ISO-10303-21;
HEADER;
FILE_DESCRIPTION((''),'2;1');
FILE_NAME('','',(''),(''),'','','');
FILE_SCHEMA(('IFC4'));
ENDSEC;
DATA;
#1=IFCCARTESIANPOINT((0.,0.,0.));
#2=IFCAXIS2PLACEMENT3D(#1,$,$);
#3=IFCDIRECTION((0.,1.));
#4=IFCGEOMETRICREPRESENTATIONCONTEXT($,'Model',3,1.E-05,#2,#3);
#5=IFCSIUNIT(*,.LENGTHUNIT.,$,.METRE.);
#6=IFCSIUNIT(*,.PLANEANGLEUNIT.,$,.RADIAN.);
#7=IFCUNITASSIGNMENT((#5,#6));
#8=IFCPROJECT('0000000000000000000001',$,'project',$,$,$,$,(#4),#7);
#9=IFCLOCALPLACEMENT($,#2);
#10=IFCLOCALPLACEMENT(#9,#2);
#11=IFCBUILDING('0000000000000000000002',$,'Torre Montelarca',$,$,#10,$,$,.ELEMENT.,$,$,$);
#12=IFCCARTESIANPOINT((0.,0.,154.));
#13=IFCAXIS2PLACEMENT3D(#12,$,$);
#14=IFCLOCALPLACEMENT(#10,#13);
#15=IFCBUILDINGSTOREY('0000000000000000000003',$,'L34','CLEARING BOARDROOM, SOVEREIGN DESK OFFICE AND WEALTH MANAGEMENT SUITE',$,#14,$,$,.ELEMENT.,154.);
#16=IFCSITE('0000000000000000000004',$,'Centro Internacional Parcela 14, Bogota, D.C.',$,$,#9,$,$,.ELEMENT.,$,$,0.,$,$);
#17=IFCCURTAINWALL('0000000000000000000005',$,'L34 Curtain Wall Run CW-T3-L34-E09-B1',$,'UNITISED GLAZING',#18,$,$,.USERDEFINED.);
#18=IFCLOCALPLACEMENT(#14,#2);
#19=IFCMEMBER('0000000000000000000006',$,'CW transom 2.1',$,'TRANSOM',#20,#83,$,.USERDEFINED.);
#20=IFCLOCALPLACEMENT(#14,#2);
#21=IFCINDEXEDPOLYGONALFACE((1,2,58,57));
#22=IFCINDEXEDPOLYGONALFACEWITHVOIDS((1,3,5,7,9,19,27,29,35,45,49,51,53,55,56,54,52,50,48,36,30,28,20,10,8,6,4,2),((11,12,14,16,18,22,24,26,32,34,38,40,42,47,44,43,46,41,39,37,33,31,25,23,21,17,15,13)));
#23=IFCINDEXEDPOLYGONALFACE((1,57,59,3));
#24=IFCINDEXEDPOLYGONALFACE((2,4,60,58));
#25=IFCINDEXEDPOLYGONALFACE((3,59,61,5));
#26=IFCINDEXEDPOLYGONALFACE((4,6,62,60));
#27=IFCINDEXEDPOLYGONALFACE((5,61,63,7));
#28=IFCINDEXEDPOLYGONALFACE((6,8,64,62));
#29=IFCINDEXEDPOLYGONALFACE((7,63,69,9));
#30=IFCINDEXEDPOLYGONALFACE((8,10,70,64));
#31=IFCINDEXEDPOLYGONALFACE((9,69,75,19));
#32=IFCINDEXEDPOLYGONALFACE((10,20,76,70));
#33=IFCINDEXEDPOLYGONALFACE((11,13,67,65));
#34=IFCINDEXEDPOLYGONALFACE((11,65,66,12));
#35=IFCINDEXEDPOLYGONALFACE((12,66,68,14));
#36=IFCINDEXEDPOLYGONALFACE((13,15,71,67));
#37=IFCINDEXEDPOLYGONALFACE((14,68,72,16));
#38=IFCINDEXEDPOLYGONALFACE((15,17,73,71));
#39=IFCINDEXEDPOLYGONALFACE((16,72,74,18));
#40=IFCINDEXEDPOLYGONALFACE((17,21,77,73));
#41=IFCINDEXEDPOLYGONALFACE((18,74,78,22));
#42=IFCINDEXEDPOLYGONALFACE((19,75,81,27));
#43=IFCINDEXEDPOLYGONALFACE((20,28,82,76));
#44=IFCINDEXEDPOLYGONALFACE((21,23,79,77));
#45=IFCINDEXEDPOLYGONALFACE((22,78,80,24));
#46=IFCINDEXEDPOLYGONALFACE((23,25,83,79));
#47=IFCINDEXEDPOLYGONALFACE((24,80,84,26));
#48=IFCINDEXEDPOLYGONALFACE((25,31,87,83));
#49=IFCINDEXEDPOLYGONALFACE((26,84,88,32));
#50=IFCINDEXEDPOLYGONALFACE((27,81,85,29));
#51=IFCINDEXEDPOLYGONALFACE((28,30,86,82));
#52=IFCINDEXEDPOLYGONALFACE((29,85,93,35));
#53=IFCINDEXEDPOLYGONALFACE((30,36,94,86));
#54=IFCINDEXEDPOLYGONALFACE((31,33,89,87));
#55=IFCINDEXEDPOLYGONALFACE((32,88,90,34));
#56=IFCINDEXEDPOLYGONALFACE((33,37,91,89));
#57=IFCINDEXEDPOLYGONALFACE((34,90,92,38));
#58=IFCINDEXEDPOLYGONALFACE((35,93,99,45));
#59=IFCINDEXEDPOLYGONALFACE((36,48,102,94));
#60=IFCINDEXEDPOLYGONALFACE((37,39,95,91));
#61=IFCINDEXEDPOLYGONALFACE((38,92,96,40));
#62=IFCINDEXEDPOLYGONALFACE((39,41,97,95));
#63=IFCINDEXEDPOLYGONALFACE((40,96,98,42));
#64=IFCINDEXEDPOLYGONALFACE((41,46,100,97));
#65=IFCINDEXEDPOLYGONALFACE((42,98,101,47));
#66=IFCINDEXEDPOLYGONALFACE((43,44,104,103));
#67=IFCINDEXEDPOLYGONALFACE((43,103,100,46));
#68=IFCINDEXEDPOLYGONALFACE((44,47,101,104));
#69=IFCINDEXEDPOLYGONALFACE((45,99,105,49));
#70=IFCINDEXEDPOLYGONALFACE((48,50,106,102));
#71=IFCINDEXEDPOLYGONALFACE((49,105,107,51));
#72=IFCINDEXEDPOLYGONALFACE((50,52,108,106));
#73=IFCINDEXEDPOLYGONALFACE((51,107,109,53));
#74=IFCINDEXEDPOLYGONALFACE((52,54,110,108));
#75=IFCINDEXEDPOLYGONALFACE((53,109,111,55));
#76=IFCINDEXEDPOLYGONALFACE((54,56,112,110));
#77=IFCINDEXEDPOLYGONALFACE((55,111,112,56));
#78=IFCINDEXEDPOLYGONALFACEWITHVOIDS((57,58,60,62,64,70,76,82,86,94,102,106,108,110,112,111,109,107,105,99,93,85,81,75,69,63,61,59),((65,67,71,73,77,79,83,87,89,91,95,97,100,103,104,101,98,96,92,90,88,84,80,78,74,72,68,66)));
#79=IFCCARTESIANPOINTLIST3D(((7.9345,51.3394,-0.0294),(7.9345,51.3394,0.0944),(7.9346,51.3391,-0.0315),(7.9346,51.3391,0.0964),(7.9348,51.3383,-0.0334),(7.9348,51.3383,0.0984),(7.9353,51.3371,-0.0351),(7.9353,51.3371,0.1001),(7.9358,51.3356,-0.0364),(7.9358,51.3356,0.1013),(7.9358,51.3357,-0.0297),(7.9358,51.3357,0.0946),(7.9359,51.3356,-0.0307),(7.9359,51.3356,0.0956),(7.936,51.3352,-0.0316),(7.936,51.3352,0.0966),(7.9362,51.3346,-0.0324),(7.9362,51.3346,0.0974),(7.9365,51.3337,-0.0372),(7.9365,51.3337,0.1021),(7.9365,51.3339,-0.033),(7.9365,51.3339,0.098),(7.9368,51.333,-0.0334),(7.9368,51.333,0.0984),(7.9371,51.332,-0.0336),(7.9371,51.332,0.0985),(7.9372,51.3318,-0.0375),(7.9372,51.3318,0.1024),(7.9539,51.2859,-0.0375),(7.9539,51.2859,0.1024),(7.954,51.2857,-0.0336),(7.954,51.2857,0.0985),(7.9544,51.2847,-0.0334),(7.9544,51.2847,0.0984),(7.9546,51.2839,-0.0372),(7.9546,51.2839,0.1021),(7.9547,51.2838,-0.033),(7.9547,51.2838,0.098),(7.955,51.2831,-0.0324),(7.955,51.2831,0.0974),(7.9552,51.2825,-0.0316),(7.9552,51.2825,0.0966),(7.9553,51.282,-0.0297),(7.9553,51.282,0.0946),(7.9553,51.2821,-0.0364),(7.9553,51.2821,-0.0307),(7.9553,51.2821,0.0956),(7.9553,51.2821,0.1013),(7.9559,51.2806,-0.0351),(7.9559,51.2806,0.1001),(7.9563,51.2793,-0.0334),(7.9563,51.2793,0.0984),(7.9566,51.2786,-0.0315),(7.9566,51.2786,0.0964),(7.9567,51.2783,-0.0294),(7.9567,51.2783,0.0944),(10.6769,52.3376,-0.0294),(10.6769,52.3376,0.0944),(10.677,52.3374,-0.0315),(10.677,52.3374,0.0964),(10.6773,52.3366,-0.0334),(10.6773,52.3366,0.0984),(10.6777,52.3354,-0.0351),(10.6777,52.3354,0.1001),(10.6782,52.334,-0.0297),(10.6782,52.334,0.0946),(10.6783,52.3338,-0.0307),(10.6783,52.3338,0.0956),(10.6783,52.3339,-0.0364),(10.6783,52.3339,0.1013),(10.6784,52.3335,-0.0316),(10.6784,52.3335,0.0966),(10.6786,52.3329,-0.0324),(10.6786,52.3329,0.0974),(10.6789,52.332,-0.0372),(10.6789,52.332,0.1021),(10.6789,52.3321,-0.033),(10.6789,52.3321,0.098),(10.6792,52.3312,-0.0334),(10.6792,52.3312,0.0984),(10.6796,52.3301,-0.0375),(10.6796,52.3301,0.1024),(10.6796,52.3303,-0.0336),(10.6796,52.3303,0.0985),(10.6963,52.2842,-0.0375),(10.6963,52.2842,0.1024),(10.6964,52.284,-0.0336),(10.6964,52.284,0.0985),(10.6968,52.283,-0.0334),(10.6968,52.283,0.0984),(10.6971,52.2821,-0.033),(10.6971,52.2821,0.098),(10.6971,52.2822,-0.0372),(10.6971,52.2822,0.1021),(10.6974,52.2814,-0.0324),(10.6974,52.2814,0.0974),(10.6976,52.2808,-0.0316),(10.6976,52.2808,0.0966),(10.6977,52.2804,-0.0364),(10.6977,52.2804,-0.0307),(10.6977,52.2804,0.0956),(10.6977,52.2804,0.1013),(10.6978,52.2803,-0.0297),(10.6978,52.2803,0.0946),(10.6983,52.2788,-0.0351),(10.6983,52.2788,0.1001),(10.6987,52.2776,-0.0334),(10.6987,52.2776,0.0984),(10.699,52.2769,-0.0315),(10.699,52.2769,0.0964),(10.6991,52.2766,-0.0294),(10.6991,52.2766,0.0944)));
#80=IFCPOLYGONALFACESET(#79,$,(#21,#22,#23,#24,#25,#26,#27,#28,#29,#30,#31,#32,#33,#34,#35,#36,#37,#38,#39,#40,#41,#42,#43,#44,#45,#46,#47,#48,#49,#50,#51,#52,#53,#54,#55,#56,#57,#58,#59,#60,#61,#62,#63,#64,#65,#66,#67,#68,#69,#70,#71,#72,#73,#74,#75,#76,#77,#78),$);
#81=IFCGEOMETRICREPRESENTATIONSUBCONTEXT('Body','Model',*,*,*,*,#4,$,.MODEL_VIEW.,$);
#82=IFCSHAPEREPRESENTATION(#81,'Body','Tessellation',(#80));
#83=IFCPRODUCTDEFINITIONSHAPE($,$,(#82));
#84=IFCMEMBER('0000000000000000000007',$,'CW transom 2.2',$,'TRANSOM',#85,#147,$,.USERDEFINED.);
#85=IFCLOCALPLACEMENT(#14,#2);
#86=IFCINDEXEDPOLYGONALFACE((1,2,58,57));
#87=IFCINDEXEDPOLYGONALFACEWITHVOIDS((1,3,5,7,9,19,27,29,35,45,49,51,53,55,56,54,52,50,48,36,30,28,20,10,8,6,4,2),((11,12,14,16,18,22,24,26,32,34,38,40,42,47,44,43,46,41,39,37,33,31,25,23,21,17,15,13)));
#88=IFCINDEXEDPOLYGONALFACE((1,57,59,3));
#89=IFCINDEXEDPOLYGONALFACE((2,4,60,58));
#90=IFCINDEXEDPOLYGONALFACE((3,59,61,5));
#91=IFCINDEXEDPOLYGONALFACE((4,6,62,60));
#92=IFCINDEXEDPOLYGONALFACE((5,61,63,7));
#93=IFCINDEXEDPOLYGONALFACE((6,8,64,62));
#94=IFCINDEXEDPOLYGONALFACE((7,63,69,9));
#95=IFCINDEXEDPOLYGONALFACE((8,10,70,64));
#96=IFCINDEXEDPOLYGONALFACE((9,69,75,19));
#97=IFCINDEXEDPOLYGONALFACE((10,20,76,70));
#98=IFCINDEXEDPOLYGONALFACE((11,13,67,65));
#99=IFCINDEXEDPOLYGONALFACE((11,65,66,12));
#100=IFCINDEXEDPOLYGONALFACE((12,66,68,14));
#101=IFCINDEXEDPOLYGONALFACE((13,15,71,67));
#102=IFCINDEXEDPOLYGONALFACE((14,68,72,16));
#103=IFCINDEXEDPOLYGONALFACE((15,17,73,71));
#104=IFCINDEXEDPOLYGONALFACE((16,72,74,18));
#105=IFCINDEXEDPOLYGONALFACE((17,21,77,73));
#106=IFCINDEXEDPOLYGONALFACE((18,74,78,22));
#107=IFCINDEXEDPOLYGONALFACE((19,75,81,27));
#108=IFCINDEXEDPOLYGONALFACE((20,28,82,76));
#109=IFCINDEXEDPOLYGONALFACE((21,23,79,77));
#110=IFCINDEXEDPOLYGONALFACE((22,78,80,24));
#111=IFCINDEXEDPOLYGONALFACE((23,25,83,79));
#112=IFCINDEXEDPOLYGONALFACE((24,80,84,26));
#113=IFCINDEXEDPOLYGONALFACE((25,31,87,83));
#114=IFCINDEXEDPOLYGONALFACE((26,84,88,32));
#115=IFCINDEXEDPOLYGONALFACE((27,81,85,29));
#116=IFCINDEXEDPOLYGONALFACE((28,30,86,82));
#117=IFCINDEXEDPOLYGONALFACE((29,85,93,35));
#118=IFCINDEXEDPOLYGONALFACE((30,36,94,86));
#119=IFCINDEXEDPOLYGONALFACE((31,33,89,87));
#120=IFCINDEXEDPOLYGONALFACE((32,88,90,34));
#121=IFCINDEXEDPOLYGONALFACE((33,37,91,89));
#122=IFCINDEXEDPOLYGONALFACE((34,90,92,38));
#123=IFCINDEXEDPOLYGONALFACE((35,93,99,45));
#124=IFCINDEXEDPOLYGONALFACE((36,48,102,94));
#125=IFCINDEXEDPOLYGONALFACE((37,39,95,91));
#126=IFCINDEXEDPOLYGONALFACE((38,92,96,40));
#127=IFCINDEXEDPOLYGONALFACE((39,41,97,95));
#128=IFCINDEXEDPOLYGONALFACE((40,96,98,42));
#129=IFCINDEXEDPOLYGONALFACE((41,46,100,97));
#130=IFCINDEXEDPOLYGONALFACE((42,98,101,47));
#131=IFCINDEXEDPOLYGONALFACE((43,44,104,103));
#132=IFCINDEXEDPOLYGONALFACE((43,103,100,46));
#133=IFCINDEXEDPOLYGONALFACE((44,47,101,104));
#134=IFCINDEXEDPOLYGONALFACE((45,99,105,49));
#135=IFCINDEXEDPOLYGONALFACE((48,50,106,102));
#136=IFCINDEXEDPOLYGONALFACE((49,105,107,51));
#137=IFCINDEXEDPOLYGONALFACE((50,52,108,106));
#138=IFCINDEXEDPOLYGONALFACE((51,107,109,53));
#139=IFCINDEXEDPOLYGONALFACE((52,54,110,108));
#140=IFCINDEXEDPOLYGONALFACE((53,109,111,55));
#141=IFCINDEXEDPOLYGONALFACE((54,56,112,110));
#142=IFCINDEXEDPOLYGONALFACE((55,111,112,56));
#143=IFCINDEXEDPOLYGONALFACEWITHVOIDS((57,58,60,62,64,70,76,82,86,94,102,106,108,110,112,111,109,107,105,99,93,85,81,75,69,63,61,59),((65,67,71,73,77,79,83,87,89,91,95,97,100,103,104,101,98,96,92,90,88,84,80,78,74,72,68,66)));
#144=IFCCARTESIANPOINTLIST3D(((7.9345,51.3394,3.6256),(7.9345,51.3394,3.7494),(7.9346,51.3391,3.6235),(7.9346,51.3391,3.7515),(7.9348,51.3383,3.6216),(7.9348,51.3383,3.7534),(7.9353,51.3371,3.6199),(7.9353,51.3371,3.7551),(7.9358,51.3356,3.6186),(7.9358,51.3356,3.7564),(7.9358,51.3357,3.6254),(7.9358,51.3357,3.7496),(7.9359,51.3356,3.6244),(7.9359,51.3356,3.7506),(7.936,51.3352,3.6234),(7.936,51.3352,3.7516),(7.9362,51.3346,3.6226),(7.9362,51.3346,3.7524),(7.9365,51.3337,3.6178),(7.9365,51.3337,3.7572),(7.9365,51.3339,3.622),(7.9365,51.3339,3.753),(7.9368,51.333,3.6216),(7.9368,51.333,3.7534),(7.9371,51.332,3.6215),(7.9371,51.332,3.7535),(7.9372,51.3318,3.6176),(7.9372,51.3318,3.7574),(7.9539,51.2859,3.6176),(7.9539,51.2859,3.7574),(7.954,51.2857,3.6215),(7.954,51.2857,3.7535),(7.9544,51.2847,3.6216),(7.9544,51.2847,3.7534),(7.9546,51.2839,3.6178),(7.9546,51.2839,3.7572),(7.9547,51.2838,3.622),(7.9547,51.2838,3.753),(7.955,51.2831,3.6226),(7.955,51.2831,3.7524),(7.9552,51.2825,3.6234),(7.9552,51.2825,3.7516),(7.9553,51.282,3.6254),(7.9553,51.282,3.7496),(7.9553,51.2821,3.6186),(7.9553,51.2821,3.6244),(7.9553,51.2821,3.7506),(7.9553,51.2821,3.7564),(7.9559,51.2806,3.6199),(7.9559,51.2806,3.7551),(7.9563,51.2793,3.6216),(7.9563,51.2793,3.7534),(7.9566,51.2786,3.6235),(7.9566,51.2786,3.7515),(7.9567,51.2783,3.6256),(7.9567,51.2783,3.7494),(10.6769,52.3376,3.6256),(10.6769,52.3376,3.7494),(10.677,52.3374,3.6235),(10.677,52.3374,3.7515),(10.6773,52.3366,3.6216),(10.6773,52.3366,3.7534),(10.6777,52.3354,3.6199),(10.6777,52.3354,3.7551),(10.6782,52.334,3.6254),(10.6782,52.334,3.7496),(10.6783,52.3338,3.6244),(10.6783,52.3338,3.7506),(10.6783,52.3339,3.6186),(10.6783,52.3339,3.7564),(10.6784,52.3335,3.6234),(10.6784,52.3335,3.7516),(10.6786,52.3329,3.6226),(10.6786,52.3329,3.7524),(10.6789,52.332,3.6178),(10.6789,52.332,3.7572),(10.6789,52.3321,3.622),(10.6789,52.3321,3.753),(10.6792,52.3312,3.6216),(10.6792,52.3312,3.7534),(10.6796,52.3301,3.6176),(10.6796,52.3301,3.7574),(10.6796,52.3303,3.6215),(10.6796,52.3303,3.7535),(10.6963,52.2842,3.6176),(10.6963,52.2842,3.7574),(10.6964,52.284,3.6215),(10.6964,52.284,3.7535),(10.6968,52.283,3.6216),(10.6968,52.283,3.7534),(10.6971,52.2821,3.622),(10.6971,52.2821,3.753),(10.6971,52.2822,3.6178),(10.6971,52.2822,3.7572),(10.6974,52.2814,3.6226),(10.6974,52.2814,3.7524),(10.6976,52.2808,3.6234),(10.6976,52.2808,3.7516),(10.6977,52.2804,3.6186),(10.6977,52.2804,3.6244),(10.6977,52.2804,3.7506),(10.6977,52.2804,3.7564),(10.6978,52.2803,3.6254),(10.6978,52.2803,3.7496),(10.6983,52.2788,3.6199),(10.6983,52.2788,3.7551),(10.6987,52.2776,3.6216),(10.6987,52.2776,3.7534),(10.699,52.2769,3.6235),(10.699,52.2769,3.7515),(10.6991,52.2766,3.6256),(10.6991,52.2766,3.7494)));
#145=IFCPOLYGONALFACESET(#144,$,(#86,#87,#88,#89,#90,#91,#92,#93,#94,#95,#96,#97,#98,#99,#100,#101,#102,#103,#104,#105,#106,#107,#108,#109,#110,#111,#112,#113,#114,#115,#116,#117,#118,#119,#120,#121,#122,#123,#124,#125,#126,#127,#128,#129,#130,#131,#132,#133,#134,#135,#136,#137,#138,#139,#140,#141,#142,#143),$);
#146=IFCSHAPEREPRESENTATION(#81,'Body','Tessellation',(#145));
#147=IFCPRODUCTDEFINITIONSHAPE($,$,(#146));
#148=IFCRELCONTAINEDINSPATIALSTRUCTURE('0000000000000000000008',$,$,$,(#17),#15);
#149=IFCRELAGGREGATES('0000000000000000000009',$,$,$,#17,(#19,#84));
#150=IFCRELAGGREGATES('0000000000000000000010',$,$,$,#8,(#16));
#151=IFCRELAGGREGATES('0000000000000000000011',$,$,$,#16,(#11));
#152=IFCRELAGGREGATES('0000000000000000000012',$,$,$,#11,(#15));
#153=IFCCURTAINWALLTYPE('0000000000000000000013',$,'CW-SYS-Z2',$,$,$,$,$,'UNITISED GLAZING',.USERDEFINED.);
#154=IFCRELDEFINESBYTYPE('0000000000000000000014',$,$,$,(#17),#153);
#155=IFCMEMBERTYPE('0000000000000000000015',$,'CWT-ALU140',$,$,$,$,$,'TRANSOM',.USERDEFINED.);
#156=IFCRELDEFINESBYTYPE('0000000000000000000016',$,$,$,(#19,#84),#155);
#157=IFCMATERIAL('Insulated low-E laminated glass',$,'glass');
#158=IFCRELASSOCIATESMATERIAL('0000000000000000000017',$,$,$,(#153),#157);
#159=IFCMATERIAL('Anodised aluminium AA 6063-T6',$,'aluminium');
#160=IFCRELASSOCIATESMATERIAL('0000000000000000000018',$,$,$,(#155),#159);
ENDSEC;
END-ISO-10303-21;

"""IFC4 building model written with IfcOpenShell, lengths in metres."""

from ifc_helpers import new_model, si_unit, direction, frame, origin, origin_2d, place, context, subcontext, project, spatial, hollow_rectangle, extrude, source, transform, mapped, material, material_profile, profile_set, type_object, element, aggregate, save


model = new_model("IFC4")

# Units and contexts
model_context = context("Model", 3, precision=1e-05, world=origin(), true_north=direction((0.0, 1.0)))
body_context = subcontext(model_context, "Body", "Model", "MODEL_VIEW")
ifc_project = project(units=[si_unit("LENGTHUNIT", "METRE"), si_unit("PLANEANGLEUNIT", "RADIAN")], contexts=[model_context])

# Site, building, storey
site_placement = place(None, origin())
site = spatial("IfcSite", under=ifc_project, at=site_placement, Name="Centro Internacional Parcela 14, Bogota, D.C.", CompositionType="ELEMENT", RefElevation=0.0)
building_placement = place(site_placement, origin())
building = spatial("IfcBuilding", under=site, at=building_placement, Name="Torre Montelarca", CompositionType="ELEMENT")
storey_placement = place(building_placement, frame((0.0, 0.0, 154.0)))
storey = spatial("IfcBuildingStorey", under=building, at=storey_placement, Name="L34", Description="CLEARING BOARDROOM, SOVEREIGN DESK OFFICE AND WEALTH MANAGEMENT SUITE", CompositionType="ELEMENT", Elevation=154.0)

# Curtain wall, members
ifc_material_1 = material(Name="Insulated low-E laminated glass", Category="glass")
curtain_wall_type = type_object("IfcCurtainWallType", Name="CW-SYS-Z2", ElementType="UNITISED GLAZING", PredefinedType="USERDEFINED", material=ifc_material_1)
curtain_wall_1_placement = place(storey_placement, origin())
curtain_wall_1 = element("IfcCurtainWall", 1, at=curtain_wall_1_placement, inside=storey, type_object=curtain_wall_type, Name="L34 Curtain Wall Run CW-T3-L34-E09-B1", ObjectType="UNITISED GLAZING", PredefinedType="USERDEFINED")
ifc_material_2 = material(Name="Anodised aluminium AA 6063-T6", Category="aluminium")
ifc_material_profile_1 = material_profile(ifc_material_2, hollow_rectangle(XDim=0.0649, YDim=0.1399, WallThickness=0.0039, InnerFilletRadius=0.0039, OuterFilletRadius=0.0081, at=origin_2d()), Name="ALU65X140X4", Category="aluminium")
ifc_profile_set_1 = profile_set([ifc_material_profile_1], Name="Anodised aluminium AA 6063-T6")
member_type_1 = type_object("IfcMemberType", Name="CWT-ALU140", ElementType="TRANSOM", PredefinedType="USERDEFINED", material=ifc_profile_set_1)
shared_shape_1 = source(origin(), body_context, "Body", "SweptSolid", [
    extrude(hollow_rectangle(XDim=0.0649, YDim=0.1399, WallThickness=0.0039, InnerFilletRadius=0.0039, OuterFilletRadius=0.0081, at=origin_2d()), origin(), (0.0, 0.0, 1.0), 2.9185),
])
member_1_placement = place(storey_placement, frame((10.688, 52.3071, 0.0325), z_axis=(-0.939679, -0.342059, 0.0), x_axis=(0.342059, -0.939679, 0.0)))
member_1 = element("IfcMember", 2, at=member_1_placement, type_object=member_type_1, Name="CW transom 2.1", ObjectType="TRANSOM", PredefinedType="USERDEFINED", context=body_context, shape_type="MappedRepresentation", body=[
    mapped(shared_shape_1, transform((0.0, 0.0, 0.0), scale=1.0)),
])
member_2_placement = place(storey_placement, frame((10.688, 52.3071, 3.6875), z_axis=(-0.939679, -0.342059, 0.0), x_axis=(0.342059, -0.939679, 0.0)))
member_2 = element("IfcMember", 3, at=member_2_placement, type_object=member_type_1, Name="CW transom 2.2", ObjectType="TRANSOM", PredefinedType="USERDEFINED", context=body_context, shape_type="MappedRepresentation", body=[
    mapped(shared_shape_1, transform((0.0, 0.0, 0.0), scale=1.0)),
])

aggregate(curtain_wall_1, [member_1, member_2])

save(model, "model.ifc")
